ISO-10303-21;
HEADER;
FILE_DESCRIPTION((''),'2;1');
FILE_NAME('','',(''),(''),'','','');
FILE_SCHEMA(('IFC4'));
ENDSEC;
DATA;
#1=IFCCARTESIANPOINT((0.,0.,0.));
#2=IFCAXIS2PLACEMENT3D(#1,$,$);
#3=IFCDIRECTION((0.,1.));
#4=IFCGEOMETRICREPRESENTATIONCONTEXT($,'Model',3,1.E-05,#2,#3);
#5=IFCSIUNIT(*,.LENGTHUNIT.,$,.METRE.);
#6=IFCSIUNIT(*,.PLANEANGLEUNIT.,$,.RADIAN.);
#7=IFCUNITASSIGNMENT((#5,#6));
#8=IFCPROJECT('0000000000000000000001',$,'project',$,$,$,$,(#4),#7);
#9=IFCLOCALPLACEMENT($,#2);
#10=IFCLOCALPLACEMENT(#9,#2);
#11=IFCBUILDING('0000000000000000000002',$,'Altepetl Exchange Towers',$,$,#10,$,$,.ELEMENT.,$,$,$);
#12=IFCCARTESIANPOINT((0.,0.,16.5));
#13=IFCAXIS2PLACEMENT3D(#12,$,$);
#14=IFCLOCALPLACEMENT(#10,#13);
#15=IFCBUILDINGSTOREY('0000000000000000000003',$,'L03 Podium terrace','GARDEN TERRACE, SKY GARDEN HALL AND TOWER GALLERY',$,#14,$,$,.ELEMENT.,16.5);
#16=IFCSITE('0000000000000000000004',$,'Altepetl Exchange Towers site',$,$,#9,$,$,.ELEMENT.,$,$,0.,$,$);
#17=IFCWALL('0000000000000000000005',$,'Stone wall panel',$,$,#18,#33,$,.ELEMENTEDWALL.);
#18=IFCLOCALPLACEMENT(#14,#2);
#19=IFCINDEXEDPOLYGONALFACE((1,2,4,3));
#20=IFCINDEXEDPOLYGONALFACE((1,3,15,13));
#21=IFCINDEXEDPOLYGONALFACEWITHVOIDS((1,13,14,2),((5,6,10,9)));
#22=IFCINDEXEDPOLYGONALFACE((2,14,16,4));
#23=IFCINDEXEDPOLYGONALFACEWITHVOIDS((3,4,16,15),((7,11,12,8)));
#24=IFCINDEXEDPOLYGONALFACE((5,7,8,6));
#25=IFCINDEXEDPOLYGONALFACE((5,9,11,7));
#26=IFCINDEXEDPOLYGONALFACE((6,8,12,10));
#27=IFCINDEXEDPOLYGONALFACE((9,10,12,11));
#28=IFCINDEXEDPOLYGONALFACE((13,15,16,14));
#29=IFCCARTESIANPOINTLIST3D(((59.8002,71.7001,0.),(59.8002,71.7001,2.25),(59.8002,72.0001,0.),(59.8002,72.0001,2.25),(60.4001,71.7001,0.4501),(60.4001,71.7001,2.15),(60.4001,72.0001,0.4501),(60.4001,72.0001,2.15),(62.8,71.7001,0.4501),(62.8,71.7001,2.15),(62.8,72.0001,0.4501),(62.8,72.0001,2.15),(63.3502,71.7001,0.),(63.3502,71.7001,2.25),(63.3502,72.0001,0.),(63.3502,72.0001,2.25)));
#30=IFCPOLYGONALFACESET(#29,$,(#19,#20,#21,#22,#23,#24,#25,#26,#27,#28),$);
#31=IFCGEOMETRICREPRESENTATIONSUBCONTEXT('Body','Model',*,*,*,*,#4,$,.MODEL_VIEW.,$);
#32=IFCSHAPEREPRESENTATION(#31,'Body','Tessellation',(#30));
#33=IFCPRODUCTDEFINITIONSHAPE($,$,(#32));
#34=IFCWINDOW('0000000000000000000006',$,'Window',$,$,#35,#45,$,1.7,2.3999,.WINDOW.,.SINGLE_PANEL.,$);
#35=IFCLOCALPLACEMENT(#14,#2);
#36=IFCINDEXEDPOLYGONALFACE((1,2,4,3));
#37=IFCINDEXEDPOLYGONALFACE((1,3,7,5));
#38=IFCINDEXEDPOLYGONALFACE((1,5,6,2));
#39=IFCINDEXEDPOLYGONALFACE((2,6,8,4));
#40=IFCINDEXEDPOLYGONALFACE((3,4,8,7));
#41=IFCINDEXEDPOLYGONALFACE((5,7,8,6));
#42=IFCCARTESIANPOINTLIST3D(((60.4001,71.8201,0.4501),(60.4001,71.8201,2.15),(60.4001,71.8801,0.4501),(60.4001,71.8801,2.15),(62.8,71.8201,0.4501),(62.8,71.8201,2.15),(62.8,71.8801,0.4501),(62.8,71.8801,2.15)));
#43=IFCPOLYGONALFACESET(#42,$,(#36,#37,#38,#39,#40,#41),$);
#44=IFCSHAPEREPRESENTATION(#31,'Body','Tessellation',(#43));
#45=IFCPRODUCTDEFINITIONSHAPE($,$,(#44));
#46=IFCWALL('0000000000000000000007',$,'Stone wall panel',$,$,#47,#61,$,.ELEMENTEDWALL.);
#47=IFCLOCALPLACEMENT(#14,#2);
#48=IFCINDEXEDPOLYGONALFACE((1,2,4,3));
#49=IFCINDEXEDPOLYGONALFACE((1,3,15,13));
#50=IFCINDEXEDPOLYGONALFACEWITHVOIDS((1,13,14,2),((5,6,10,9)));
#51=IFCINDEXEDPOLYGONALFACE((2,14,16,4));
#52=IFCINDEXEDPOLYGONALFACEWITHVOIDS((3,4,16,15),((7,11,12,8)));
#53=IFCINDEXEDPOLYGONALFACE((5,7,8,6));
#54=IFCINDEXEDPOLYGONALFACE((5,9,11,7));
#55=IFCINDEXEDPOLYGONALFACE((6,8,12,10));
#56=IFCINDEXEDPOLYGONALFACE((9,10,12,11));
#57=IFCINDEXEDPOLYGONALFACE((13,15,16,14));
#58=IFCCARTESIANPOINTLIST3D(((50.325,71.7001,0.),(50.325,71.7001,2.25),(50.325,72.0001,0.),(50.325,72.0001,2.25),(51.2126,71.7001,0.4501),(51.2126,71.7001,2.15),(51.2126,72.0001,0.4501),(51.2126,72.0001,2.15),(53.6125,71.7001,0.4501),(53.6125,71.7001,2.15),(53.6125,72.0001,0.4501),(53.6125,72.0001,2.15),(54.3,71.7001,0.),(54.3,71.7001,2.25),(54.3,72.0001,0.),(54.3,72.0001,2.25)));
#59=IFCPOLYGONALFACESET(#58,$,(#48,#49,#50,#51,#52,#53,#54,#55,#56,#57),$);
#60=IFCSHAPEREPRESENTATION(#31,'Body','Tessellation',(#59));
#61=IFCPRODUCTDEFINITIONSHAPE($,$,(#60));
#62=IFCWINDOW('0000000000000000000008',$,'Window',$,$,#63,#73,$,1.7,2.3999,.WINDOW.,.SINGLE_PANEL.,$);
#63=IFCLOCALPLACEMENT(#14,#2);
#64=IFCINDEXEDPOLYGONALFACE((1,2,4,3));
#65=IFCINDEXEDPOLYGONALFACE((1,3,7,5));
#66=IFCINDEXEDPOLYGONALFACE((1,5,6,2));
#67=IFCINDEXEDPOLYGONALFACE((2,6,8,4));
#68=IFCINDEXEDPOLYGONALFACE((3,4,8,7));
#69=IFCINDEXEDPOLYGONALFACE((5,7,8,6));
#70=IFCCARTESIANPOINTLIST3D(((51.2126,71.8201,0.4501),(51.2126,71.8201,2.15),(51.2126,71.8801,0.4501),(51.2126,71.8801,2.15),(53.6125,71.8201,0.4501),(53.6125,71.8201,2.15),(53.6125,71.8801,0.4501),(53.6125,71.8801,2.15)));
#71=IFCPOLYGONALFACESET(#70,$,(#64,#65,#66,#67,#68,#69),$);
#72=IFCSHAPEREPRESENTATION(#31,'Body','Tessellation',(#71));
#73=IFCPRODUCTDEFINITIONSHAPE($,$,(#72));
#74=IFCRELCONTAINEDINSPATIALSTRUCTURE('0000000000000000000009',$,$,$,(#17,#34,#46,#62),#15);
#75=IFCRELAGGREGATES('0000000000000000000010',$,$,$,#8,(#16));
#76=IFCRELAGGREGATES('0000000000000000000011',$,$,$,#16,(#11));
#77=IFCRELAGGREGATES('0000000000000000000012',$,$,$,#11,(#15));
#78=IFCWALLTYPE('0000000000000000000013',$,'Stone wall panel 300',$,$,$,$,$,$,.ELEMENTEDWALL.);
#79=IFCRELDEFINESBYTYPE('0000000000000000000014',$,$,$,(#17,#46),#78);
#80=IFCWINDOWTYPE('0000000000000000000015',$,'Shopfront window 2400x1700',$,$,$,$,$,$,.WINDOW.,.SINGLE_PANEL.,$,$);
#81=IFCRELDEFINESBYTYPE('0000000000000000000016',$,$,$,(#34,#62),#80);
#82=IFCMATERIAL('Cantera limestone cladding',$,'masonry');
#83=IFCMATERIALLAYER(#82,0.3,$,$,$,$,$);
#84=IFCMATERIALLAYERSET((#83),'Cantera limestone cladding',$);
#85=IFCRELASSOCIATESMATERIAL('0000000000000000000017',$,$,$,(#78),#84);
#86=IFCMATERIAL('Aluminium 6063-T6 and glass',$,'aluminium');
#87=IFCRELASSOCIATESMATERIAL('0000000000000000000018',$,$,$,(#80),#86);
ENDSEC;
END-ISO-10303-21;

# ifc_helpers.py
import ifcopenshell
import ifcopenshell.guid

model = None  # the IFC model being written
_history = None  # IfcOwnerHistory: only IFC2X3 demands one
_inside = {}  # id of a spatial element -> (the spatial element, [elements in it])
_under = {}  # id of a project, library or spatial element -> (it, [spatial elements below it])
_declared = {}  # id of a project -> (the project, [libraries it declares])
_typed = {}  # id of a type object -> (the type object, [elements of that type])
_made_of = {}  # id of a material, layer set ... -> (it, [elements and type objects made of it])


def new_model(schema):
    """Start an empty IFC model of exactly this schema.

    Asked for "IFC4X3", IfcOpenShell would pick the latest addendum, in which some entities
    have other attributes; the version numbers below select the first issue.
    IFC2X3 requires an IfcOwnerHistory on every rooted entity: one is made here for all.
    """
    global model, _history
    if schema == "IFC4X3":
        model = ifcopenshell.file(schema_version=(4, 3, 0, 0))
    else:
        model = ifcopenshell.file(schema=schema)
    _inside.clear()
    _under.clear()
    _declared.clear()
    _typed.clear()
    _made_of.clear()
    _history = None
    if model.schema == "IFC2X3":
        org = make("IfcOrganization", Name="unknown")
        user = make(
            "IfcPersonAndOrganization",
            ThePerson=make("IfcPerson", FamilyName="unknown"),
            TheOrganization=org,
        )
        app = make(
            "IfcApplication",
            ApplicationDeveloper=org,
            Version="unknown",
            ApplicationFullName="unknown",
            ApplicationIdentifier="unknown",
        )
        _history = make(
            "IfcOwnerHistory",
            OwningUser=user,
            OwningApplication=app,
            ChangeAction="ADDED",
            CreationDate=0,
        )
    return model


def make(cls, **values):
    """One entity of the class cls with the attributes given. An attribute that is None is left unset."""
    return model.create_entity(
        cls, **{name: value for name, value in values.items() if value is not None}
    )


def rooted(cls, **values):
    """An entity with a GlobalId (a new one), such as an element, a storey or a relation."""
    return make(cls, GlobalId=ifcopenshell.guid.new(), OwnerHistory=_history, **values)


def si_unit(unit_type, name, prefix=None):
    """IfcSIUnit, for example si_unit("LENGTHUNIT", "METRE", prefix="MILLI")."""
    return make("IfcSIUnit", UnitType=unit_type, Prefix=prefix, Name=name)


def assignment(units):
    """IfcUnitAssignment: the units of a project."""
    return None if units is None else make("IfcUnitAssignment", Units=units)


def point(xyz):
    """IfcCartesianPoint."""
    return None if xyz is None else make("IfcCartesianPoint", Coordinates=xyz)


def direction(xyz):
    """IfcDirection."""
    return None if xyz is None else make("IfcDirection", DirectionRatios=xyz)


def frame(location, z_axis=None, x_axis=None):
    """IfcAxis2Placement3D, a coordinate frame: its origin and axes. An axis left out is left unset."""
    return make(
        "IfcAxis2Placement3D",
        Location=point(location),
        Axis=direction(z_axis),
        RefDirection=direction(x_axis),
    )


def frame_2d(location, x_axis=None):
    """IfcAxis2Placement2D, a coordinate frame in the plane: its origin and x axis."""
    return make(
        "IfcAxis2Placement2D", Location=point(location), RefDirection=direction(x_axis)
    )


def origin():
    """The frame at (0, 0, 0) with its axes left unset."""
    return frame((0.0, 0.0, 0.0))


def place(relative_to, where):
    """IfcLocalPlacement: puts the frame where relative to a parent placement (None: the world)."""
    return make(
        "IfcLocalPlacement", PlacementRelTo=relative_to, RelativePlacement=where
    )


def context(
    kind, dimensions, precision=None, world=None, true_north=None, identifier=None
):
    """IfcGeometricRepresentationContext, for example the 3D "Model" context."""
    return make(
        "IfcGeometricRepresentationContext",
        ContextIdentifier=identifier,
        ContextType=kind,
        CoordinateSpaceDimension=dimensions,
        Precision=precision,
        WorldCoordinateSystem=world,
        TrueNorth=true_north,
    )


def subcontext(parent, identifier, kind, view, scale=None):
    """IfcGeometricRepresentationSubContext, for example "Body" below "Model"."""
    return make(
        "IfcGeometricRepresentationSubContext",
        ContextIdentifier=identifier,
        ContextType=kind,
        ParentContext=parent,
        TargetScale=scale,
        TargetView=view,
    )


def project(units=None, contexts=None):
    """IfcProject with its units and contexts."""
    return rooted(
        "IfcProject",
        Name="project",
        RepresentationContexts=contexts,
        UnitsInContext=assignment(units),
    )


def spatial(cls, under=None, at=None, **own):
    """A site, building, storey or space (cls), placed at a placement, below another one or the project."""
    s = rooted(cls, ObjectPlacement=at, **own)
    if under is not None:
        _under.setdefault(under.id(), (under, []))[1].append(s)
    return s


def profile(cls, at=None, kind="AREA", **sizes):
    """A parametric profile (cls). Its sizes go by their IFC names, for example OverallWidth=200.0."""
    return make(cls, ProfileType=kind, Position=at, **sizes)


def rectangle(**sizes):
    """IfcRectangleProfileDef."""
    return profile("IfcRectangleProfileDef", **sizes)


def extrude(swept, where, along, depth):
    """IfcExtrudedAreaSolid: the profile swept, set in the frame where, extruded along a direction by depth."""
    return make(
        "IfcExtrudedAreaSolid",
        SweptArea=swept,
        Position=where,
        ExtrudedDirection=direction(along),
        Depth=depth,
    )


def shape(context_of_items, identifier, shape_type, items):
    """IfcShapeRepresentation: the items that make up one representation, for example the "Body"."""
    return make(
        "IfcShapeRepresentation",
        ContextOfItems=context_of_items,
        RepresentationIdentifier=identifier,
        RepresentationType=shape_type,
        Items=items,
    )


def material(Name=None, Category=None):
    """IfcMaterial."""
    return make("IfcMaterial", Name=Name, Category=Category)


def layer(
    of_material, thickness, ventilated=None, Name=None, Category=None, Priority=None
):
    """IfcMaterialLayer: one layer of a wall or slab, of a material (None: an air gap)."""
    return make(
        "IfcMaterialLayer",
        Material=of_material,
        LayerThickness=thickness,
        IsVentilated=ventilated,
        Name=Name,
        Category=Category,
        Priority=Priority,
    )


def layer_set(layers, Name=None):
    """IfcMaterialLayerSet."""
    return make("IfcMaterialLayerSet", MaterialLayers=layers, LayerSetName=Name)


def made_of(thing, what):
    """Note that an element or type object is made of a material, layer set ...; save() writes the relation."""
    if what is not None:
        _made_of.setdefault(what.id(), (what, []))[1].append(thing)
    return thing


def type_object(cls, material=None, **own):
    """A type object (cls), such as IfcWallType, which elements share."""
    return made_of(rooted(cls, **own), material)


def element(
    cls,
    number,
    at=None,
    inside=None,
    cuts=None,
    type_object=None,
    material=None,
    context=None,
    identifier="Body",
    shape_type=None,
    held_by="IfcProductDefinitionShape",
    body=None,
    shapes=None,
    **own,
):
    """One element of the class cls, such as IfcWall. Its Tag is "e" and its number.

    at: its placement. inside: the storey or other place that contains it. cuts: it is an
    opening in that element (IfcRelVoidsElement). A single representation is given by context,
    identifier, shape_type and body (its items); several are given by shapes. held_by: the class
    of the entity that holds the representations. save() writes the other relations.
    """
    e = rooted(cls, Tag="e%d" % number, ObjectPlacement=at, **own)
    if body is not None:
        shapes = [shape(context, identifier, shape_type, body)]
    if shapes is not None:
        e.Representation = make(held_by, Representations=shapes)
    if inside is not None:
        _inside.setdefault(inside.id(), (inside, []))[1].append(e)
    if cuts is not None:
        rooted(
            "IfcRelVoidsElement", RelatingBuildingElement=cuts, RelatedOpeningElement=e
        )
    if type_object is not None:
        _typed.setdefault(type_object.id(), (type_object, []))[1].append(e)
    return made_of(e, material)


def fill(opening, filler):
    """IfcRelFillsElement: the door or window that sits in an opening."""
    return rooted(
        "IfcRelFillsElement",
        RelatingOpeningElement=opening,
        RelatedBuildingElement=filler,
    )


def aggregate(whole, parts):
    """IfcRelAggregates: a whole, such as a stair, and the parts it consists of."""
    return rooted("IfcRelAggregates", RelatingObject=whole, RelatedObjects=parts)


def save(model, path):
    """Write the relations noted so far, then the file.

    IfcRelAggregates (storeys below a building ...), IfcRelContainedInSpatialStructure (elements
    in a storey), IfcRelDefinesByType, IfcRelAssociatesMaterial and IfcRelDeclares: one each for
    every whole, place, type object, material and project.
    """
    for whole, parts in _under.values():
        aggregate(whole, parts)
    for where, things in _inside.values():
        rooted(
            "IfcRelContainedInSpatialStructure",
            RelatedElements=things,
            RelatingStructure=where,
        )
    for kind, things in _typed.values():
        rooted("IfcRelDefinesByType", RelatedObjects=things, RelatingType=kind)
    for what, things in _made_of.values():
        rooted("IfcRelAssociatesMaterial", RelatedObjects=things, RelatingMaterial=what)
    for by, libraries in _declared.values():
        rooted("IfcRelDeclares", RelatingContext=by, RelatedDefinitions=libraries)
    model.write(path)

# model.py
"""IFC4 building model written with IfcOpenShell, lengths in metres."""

from ifc_helpers import new_model, si_unit, direction, frame, frame_2d, origin, place, context, subcontext, project, spatial, rectangle, extrude, material, layer, layer_set, type_object, element, fill, save


model = new_model("IFC4")

# Units and contexts
model_context = context("Model", 3, precision=1e-05, world=origin(), true_north=direction((0.0, 1.0)))
body_context = subcontext(model_context, "Body", "Model", "MODEL_VIEW")
ifc_project = project(units=[si_unit("LENGTHUNIT", "METRE"), si_unit("PLANEANGLEUNIT", "RADIAN")], contexts=[model_context])

# Site, building, storey
site_placement = place(None, origin())
site = spatial("IfcSite", under=ifc_project, at=site_placement, Name="Altepetl Exchange Towers site", CompositionType="ELEMENT", RefElevation=0.0)
building_placement = place(site_placement, origin())
building = spatial("IfcBuilding", under=site, at=building_placement, Name="Altepetl Exchange Towers", CompositionType="ELEMENT")
storey_placement = place(building_placement, frame((0.0, 0.0, 16.5)))
storey = spatial("IfcBuildingStorey", under=building, at=storey_placement, Name="L03 Podium terrace", Description="GARDEN TERRACE, SKY GARDEN HALL AND TOWER GALLERY", CompositionType="ELEMENT", Elevation=16.5)

# Shared definitions
ifc_material_1 = material(Name="Aluminium 6063-T6 and glass", Category="aluminium")

# Walls, openings, windows
ifc_material_2 = material(Name="Cantera limestone cladding", Category="masonry")
ifc_layer_1 = layer(ifc_material_2, 0.3)
ifc_layer_set_1 = layer_set([ifc_layer_1], Name="Cantera limestone cladding")
wall_type_1 = type_object("IfcWallType", Name="Stone wall panel 300", PredefinedType="ELEMENTEDWALL", material=ifc_layer_set_1)
wall_1_placement = place(storey_placement, frame((63.3501, 71.8501, 0.0), z_axis=(0.0, 0.0, 1.0), x_axis=(-1.0, 0.0, 0.0)))
wall_1 = element("IfcWall", 1, at=wall_1_placement, inside=storey, type_object=wall_type_1, Name="Stone wall panel", PredefinedType="ELEMENTEDWALL", context=body_context, shape_type="SweptSolid", body=[
    extrude(rectangle(XDim=3.55, YDim=0.3, at=frame_2d((1.7749, 0.0))), origin(), (0.0, 0.0, 1.0), 2.25),
])
opening_1_placement = place(wall_1_placement, frame((0.55, 0.0, 0.45)))
opening_1 = element("IfcOpeningElement", 2, at=opening_1_placement, cuts=wall_1, PredefinedType="OPENING", context=body_context, shape_type="SweptSolid", body=[
    extrude(rectangle(XDim=2.3999, YDim=1.7, at=frame_2d((1.2, 0.8501))), frame((0.0, 0.1602, 0.0), z_axis=(0.0, -1.0, 0.0), x_axis=(1.0, 0.0, 0.0)), (0.0, 0.0, 1.0), 0.3201),
])
window_type = type_object("IfcWindowType", Name="Shopfront window 2400x1700", PartitioningType="SINGLE_PANEL", PredefinedType="WINDOW", material=ifc_material_1)
window_1_placement = place(opening_1_placement, origin())
window_1 = element("IfcWindow", 3, at=window_1_placement, inside=storey, type_object=window_type, Name="Window", OverallHeight=1.7, OverallWidth=2.3999, PartitioningType="SINGLE_PANEL", PredefinedType="WINDOW", context=body_context, shape_type="SweptSolid", body=[
    extrude(rectangle(XDim=2.3999, YDim=1.7, at=frame_2d((1.2, 0.8501))), frame((0.0, 0.03, 0.0), z_axis=(0.0, -1.0, 0.0), x_axis=(1.0, 0.0, 0.0)), (0.0, 0.0, 1.0), 0.0601),
])
fill(opening_1, window_1)
wall_2_placement = place(storey_placement, frame((54.3, 71.8501, 0.0), z_axis=(0.0, 0.0, 1.0), x_axis=(-1.0, 0.0, 0.0)))
wall_2 = element("IfcWall", 4, at=wall_2_placement, inside=storey, type_object=wall_type_1, Name="Stone wall panel", PredefinedType="ELEMENTEDWALL", context=body_context, shape_type="SweptSolid", body=[
    extrude(rectangle(XDim=3.9751, YDim=0.3, at=frame_2d((1.9875, 0.0))), origin(), (0.0, 0.0, 1.0), 2.25),
])
opening_2_placement = place(wall_2_placement, frame((0.6875, 0.0, 0.45)))
opening_2 = element("IfcOpeningElement", 5, at=opening_2_placement, cuts=wall_2, PredefinedType="OPENING", context=body_context, shape_type="SweptSolid", body=[
    extrude(rectangle(XDim=2.3999, YDim=1.7, at=frame_2d((1.2, 0.8501))), frame((0.0, 0.1602, 0.0), z_axis=(0.0, -1.0, 0.0), x_axis=(1.0, 0.0, 0.0)), (0.0, 0.0, 1.0), 0.3201),
])
window_2_placement = place(opening_2_placement, origin())
window_2 = element("IfcWindow", 6, at=window_2_placement, inside=storey, type_object=window_type, Name="Window", OverallHeight=1.7, OverallWidth=2.3999, PartitioningType="SINGLE_PANEL", PredefinedType="WINDOW", context=body_context, shape_type="SweptSolid", body=[
    extrude(rectangle(XDim=2.3999, YDim=1.7, at=frame_2d((1.2, 0.8501))), frame((0.0, 0.03, 0.0), z_axis=(0.0, -1.0, 0.0), x_axis=(1.0, 0.0, 0.0)), (0.0, 0.0, 1.0), 0.0601),
])
fill(opening_2, window_2)

save(model, "model.ifc")
